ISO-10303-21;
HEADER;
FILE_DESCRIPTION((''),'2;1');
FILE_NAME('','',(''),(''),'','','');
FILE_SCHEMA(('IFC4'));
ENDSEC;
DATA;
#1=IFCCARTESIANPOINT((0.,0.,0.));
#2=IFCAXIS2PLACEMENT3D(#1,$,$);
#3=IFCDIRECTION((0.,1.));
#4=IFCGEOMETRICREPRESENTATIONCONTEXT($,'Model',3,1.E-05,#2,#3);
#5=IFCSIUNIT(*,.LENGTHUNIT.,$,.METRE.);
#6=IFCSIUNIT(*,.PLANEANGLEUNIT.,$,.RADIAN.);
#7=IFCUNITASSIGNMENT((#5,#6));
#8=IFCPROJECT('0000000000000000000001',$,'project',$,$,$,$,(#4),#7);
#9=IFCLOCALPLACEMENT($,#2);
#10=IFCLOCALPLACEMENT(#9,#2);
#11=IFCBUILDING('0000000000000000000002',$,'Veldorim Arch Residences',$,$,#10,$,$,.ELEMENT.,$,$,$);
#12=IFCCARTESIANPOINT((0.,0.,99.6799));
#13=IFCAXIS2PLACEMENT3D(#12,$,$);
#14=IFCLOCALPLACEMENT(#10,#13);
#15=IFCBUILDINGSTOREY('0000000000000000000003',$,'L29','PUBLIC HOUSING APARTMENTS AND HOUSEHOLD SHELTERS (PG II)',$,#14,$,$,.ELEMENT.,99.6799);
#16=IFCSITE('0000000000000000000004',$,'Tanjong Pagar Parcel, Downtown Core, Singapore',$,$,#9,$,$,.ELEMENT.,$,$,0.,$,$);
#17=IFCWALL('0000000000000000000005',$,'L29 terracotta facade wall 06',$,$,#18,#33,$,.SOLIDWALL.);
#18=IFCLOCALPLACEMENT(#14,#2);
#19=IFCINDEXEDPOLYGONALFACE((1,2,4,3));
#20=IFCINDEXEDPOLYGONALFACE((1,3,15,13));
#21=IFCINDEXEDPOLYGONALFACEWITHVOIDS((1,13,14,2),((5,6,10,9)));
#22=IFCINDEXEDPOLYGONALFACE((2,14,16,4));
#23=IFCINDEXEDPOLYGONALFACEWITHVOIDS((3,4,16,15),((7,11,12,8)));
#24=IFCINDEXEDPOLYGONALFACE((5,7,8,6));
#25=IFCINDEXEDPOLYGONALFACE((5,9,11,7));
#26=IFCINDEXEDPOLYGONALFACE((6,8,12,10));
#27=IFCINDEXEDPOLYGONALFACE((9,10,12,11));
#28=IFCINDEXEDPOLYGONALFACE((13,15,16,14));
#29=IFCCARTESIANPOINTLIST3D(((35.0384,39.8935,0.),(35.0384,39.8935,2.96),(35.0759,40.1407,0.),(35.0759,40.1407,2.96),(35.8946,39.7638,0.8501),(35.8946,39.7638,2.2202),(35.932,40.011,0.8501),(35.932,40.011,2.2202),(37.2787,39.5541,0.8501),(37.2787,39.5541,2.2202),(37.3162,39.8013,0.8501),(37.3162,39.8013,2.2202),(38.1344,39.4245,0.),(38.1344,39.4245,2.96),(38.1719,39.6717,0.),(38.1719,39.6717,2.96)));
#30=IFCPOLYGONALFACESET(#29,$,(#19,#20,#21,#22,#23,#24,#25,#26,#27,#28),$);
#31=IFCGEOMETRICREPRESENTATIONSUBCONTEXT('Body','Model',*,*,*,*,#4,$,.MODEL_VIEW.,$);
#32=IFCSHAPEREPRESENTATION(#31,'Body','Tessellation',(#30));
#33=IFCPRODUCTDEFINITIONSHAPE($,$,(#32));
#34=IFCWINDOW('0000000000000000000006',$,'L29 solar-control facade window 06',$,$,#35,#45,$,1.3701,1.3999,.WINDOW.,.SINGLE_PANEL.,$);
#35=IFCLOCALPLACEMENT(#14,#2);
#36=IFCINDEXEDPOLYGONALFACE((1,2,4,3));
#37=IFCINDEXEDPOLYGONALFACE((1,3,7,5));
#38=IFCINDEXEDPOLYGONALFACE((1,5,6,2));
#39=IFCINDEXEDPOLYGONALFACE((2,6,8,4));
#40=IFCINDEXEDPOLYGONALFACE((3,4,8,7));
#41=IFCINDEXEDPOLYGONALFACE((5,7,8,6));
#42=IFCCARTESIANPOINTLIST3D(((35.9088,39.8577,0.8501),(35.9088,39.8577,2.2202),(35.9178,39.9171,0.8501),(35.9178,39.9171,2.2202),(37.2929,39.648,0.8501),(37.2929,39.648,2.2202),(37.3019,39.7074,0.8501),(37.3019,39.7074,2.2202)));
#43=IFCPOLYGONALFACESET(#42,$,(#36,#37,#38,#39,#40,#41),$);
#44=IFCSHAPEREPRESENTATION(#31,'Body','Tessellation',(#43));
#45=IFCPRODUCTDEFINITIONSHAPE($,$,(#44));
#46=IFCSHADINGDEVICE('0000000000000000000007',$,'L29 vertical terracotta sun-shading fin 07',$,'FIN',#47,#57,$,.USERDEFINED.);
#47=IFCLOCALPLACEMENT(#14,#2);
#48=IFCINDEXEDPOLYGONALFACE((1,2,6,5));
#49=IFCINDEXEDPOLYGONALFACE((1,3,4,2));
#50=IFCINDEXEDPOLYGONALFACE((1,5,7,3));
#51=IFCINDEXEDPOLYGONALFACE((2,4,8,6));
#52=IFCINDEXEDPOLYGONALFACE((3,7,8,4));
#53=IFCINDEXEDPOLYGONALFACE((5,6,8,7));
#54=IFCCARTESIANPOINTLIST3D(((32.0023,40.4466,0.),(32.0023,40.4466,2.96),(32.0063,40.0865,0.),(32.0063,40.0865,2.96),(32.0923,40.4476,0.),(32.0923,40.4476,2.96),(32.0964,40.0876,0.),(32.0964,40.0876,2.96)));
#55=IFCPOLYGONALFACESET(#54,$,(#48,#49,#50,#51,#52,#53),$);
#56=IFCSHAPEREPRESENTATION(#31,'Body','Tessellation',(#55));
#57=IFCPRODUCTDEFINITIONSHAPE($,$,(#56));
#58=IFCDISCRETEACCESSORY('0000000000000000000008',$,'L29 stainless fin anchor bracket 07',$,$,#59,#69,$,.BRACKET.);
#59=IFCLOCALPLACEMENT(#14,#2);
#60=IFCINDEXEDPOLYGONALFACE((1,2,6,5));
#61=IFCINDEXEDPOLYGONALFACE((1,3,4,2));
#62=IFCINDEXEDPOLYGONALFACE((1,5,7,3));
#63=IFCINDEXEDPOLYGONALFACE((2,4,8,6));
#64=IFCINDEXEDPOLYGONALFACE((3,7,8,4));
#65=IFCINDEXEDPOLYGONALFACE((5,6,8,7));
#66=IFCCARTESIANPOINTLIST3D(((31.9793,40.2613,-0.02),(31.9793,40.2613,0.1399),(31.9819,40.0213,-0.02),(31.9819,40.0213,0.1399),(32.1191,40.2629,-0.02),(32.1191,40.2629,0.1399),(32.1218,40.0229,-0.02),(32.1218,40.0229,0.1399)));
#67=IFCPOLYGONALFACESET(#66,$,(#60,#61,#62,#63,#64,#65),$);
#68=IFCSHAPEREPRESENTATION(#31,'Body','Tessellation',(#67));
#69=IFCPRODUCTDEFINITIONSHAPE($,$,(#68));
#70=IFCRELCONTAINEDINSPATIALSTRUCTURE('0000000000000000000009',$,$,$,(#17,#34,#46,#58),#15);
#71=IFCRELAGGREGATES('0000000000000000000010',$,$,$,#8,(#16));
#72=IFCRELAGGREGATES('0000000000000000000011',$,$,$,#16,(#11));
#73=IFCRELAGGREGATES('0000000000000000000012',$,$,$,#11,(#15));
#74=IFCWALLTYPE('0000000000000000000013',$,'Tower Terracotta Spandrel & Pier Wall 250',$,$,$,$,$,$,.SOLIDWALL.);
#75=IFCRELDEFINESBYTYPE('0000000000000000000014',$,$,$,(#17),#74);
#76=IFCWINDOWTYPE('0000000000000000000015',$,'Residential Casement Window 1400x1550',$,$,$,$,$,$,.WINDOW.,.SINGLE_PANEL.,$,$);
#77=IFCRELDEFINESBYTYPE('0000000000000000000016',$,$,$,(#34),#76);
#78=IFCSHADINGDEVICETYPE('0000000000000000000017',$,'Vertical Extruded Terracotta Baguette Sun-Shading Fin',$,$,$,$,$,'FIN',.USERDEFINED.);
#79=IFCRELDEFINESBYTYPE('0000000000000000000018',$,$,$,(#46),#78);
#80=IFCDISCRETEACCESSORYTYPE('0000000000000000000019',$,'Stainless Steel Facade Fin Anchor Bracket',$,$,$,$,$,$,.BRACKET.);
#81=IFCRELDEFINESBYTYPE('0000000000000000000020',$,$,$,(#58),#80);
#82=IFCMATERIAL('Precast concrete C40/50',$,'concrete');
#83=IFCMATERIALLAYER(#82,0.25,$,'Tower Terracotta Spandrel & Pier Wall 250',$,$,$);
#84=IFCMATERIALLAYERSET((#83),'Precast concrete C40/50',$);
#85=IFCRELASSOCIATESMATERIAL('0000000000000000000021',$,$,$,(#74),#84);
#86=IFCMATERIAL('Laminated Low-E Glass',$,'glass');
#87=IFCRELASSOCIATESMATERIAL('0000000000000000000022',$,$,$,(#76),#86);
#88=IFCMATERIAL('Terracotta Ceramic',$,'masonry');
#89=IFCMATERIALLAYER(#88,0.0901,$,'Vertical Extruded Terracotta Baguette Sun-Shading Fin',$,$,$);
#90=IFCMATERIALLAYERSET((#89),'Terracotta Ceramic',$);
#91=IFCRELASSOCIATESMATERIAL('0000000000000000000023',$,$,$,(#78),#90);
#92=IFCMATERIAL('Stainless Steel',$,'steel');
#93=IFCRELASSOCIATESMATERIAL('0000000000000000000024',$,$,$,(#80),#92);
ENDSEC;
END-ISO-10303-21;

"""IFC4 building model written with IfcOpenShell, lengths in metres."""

from ifc_helpers import new_model, si_unit, direction, frame, frame_2d, origin, origin_2d, place, context, subcontext, project, spatial, rectangle, extrude, material, layer, layer_set, type_object, element, fill, save


model = new_model("IFC4")

# Units and contexts
model_context = context("Model", 3, precision=1e-05, world=origin(), true_north=direction((0.0, 1.0)))
body_context = subcontext(model_context, "Body", "Model", "MODEL_VIEW")
ifc_project = project(units=[si_unit("LENGTHUNIT", "METRE"), si_unit("PLANEANGLEUNIT", "RADIAN")], contexts=[model_context])

# Site, building, storey
site_placement = place(None, origin())
site = spatial("IfcSite", under=ifc_project, at=site_placement, Name="Tanjong Pagar Parcel, Downtown Core, Singapore", CompositionType="ELEMENT", RefElevation=0.0)
building_placement = place(site_placement, origin())
building = spatial("IfcBuilding", under=site, at=building_placement, Name="Veldorim Arch Residences", CompositionType="ELEMENT")
storey_placement = place(building_placement, frame((0.0, 0.0, 99.6799)))
storey = spatial("IfcBuildingStorey", under=building, at=storey_placement, Name="L29", Description="PUBLIC HOUSING APARTMENTS AND HOUSEHOLD SHELTERS (PG II)", CompositionType="ELEMENT", Elevation=99.6799)

# Shared definitions
ifc_material_1 = material(Name="Precast concrete C40/50", Category="concrete")
ifc_layer_1 = layer(ifc_material_1, 0.25, Name="Tower Terracotta Spandrel & Pier Wall 250")
ifc_layer_set_1 = layer_set([ifc_layer_1], Name="Precast concrete C40/50")
wall_type_1 = type_object("IfcWallType", Name="Tower Terracotta Spandrel & Pier Wall 250", PredefinedType="SOLIDWALL", material=ifc_layer_set_1)

# Wall, opening, window
wall_1_placement = place(storey_placement, frame((35.0571, 40.0171, 0.0), z_axis=(0.0, 0.0, 1.0), x_axis=(0.98872, -0.149778, 0.0)))
wall_1 = element("IfcWall", 1, at=wall_1_placement, inside=storey, type_object=wall_type_1, Name="L29 terracotta facade wall 06", PredefinedType="SOLIDWALL", context=body_context, shape_type="SweptSolid", body=[
    extrude(rectangle(XDim=3.1313, YDim=0.25, at=frame_2d((1.5657, 0.0))), origin(), (0.0, 0.0, 1.0), 2.96),
])
opening_1_placement = place(wall_1_placement, frame((0.866, 0.0, 0.8501)))
opening_1 = element("IfcOpeningElement", 2, at=opening_1_placement, cuts=wall_1, PredefinedType="OPENING", context=body_context, shape_type="SweptSolid", body=[
    extrude(rectangle(XDim=1.3999, YDim=1.3701, at=frame_2d((0.7, 0.6851))), frame((0.0, 0.135, 0.0), z_axis=(0.0, -1.0, 0.0), x_axis=(1.0, 0.0, 0.0)), (0.0, 0.0, 1.0), 0.27),
])
ifc_material_2 = material(Name="Laminated Low-E Glass", Category="glass")
window_type = type_object("IfcWindowType", Name="Residential Casement Window 1400x1550", PartitioningType="SINGLE_PANEL", PredefinedType="WINDOW", material=ifc_material_2)
window_placement = place(opening_1_placement, origin())
window = element("IfcWindow", 3, at=window_placement, inside=storey, type_object=window_type, Name="L29 solar-control facade window 06", OverallHeight=1.3701, OverallWidth=1.3999, PartitioningType="SINGLE_PANEL", PredefinedType="WINDOW", context=body_context, shape_type="SweptSolid", body=[
    extrude(rectangle(XDim=1.3999, YDim=1.3701, at=frame_2d((0.7, 0.6851))), frame((0.0, 0.03, 0.0), z_axis=(0.0, -1.0, 0.0), x_axis=(1.0, 0.0, 0.0)), (0.0, 0.0, 1.0), 0.0601),
])
fill(opening_1, window)

# Shading device
ifc_material_3 = material(Name="Terracotta Ceramic", Category="masonry")
ifc_layer_2 = layer(ifc_material_3, 0.0901, Name="Vertical Extruded Terracotta Baguette Sun-Shading Fin")
ifc_layer_set_2 = layer_set([ifc_layer_2], Name="Terracotta Ceramic")
shading_device_type = type_object("IfcShadingDeviceType", Name="Vertical Extruded Terracotta Baguette Sun-Shading Fin", ElementType="FIN", PredefinedType="USERDEFINED", material=ifc_layer_set_2)
shading_device_placement = place(storey_placement, frame((32.0493, 40.2671, 0.0), z_axis=(0.0, 0.0, 1.0), x_axis=(0.999938, 0.01117, 0.0)))
element("IfcShadingDevice", 4, at=shading_device_placement, inside=storey, type_object=shading_device_type, Name="L29 vertical terracotta sun-shading fin 07", ObjectType="FIN", PredefinedType="USERDEFINED", context=body_context, shape_type="SweptSolid", body=[
    extrude(rectangle(XDim=0.0901, YDim=0.3601, at=origin_2d()), origin(), (0.0, 0.0, 1.0), 2.96),
])

# Discrete accessory
ifc_material_4 = material(Name="Stainless Steel", Category="steel")
discrete_accessory_type = type_object("IfcDiscreteAccessoryType", Name="Stainless Steel Facade Fin Anchor Bracket", PredefinedType="BRACKET", material=ifc_material_4)
discrete_accessory_placement = place(storey_placement, frame((32.0505, 40.1421, -0.02), z_axis=(0.0, 0.0, 1.0), x_axis=(0.999938, 0.01117, 0.0)))
element("IfcDiscreteAccessory", 5, at=discrete_accessory_placement, inside=storey, type_object=discrete_accessory_type, Name="L29 stainless fin anchor bracket 07", PredefinedType="BRACKET", context=body_context, shape_type="SweptSolid", body=[
    extrude(rectangle(XDim=0.1399, YDim=0.24, at=origin_2d()), origin(), (0.0, 0.0, 1.0), 0.1599),
])

save(model, "model.ifc")
